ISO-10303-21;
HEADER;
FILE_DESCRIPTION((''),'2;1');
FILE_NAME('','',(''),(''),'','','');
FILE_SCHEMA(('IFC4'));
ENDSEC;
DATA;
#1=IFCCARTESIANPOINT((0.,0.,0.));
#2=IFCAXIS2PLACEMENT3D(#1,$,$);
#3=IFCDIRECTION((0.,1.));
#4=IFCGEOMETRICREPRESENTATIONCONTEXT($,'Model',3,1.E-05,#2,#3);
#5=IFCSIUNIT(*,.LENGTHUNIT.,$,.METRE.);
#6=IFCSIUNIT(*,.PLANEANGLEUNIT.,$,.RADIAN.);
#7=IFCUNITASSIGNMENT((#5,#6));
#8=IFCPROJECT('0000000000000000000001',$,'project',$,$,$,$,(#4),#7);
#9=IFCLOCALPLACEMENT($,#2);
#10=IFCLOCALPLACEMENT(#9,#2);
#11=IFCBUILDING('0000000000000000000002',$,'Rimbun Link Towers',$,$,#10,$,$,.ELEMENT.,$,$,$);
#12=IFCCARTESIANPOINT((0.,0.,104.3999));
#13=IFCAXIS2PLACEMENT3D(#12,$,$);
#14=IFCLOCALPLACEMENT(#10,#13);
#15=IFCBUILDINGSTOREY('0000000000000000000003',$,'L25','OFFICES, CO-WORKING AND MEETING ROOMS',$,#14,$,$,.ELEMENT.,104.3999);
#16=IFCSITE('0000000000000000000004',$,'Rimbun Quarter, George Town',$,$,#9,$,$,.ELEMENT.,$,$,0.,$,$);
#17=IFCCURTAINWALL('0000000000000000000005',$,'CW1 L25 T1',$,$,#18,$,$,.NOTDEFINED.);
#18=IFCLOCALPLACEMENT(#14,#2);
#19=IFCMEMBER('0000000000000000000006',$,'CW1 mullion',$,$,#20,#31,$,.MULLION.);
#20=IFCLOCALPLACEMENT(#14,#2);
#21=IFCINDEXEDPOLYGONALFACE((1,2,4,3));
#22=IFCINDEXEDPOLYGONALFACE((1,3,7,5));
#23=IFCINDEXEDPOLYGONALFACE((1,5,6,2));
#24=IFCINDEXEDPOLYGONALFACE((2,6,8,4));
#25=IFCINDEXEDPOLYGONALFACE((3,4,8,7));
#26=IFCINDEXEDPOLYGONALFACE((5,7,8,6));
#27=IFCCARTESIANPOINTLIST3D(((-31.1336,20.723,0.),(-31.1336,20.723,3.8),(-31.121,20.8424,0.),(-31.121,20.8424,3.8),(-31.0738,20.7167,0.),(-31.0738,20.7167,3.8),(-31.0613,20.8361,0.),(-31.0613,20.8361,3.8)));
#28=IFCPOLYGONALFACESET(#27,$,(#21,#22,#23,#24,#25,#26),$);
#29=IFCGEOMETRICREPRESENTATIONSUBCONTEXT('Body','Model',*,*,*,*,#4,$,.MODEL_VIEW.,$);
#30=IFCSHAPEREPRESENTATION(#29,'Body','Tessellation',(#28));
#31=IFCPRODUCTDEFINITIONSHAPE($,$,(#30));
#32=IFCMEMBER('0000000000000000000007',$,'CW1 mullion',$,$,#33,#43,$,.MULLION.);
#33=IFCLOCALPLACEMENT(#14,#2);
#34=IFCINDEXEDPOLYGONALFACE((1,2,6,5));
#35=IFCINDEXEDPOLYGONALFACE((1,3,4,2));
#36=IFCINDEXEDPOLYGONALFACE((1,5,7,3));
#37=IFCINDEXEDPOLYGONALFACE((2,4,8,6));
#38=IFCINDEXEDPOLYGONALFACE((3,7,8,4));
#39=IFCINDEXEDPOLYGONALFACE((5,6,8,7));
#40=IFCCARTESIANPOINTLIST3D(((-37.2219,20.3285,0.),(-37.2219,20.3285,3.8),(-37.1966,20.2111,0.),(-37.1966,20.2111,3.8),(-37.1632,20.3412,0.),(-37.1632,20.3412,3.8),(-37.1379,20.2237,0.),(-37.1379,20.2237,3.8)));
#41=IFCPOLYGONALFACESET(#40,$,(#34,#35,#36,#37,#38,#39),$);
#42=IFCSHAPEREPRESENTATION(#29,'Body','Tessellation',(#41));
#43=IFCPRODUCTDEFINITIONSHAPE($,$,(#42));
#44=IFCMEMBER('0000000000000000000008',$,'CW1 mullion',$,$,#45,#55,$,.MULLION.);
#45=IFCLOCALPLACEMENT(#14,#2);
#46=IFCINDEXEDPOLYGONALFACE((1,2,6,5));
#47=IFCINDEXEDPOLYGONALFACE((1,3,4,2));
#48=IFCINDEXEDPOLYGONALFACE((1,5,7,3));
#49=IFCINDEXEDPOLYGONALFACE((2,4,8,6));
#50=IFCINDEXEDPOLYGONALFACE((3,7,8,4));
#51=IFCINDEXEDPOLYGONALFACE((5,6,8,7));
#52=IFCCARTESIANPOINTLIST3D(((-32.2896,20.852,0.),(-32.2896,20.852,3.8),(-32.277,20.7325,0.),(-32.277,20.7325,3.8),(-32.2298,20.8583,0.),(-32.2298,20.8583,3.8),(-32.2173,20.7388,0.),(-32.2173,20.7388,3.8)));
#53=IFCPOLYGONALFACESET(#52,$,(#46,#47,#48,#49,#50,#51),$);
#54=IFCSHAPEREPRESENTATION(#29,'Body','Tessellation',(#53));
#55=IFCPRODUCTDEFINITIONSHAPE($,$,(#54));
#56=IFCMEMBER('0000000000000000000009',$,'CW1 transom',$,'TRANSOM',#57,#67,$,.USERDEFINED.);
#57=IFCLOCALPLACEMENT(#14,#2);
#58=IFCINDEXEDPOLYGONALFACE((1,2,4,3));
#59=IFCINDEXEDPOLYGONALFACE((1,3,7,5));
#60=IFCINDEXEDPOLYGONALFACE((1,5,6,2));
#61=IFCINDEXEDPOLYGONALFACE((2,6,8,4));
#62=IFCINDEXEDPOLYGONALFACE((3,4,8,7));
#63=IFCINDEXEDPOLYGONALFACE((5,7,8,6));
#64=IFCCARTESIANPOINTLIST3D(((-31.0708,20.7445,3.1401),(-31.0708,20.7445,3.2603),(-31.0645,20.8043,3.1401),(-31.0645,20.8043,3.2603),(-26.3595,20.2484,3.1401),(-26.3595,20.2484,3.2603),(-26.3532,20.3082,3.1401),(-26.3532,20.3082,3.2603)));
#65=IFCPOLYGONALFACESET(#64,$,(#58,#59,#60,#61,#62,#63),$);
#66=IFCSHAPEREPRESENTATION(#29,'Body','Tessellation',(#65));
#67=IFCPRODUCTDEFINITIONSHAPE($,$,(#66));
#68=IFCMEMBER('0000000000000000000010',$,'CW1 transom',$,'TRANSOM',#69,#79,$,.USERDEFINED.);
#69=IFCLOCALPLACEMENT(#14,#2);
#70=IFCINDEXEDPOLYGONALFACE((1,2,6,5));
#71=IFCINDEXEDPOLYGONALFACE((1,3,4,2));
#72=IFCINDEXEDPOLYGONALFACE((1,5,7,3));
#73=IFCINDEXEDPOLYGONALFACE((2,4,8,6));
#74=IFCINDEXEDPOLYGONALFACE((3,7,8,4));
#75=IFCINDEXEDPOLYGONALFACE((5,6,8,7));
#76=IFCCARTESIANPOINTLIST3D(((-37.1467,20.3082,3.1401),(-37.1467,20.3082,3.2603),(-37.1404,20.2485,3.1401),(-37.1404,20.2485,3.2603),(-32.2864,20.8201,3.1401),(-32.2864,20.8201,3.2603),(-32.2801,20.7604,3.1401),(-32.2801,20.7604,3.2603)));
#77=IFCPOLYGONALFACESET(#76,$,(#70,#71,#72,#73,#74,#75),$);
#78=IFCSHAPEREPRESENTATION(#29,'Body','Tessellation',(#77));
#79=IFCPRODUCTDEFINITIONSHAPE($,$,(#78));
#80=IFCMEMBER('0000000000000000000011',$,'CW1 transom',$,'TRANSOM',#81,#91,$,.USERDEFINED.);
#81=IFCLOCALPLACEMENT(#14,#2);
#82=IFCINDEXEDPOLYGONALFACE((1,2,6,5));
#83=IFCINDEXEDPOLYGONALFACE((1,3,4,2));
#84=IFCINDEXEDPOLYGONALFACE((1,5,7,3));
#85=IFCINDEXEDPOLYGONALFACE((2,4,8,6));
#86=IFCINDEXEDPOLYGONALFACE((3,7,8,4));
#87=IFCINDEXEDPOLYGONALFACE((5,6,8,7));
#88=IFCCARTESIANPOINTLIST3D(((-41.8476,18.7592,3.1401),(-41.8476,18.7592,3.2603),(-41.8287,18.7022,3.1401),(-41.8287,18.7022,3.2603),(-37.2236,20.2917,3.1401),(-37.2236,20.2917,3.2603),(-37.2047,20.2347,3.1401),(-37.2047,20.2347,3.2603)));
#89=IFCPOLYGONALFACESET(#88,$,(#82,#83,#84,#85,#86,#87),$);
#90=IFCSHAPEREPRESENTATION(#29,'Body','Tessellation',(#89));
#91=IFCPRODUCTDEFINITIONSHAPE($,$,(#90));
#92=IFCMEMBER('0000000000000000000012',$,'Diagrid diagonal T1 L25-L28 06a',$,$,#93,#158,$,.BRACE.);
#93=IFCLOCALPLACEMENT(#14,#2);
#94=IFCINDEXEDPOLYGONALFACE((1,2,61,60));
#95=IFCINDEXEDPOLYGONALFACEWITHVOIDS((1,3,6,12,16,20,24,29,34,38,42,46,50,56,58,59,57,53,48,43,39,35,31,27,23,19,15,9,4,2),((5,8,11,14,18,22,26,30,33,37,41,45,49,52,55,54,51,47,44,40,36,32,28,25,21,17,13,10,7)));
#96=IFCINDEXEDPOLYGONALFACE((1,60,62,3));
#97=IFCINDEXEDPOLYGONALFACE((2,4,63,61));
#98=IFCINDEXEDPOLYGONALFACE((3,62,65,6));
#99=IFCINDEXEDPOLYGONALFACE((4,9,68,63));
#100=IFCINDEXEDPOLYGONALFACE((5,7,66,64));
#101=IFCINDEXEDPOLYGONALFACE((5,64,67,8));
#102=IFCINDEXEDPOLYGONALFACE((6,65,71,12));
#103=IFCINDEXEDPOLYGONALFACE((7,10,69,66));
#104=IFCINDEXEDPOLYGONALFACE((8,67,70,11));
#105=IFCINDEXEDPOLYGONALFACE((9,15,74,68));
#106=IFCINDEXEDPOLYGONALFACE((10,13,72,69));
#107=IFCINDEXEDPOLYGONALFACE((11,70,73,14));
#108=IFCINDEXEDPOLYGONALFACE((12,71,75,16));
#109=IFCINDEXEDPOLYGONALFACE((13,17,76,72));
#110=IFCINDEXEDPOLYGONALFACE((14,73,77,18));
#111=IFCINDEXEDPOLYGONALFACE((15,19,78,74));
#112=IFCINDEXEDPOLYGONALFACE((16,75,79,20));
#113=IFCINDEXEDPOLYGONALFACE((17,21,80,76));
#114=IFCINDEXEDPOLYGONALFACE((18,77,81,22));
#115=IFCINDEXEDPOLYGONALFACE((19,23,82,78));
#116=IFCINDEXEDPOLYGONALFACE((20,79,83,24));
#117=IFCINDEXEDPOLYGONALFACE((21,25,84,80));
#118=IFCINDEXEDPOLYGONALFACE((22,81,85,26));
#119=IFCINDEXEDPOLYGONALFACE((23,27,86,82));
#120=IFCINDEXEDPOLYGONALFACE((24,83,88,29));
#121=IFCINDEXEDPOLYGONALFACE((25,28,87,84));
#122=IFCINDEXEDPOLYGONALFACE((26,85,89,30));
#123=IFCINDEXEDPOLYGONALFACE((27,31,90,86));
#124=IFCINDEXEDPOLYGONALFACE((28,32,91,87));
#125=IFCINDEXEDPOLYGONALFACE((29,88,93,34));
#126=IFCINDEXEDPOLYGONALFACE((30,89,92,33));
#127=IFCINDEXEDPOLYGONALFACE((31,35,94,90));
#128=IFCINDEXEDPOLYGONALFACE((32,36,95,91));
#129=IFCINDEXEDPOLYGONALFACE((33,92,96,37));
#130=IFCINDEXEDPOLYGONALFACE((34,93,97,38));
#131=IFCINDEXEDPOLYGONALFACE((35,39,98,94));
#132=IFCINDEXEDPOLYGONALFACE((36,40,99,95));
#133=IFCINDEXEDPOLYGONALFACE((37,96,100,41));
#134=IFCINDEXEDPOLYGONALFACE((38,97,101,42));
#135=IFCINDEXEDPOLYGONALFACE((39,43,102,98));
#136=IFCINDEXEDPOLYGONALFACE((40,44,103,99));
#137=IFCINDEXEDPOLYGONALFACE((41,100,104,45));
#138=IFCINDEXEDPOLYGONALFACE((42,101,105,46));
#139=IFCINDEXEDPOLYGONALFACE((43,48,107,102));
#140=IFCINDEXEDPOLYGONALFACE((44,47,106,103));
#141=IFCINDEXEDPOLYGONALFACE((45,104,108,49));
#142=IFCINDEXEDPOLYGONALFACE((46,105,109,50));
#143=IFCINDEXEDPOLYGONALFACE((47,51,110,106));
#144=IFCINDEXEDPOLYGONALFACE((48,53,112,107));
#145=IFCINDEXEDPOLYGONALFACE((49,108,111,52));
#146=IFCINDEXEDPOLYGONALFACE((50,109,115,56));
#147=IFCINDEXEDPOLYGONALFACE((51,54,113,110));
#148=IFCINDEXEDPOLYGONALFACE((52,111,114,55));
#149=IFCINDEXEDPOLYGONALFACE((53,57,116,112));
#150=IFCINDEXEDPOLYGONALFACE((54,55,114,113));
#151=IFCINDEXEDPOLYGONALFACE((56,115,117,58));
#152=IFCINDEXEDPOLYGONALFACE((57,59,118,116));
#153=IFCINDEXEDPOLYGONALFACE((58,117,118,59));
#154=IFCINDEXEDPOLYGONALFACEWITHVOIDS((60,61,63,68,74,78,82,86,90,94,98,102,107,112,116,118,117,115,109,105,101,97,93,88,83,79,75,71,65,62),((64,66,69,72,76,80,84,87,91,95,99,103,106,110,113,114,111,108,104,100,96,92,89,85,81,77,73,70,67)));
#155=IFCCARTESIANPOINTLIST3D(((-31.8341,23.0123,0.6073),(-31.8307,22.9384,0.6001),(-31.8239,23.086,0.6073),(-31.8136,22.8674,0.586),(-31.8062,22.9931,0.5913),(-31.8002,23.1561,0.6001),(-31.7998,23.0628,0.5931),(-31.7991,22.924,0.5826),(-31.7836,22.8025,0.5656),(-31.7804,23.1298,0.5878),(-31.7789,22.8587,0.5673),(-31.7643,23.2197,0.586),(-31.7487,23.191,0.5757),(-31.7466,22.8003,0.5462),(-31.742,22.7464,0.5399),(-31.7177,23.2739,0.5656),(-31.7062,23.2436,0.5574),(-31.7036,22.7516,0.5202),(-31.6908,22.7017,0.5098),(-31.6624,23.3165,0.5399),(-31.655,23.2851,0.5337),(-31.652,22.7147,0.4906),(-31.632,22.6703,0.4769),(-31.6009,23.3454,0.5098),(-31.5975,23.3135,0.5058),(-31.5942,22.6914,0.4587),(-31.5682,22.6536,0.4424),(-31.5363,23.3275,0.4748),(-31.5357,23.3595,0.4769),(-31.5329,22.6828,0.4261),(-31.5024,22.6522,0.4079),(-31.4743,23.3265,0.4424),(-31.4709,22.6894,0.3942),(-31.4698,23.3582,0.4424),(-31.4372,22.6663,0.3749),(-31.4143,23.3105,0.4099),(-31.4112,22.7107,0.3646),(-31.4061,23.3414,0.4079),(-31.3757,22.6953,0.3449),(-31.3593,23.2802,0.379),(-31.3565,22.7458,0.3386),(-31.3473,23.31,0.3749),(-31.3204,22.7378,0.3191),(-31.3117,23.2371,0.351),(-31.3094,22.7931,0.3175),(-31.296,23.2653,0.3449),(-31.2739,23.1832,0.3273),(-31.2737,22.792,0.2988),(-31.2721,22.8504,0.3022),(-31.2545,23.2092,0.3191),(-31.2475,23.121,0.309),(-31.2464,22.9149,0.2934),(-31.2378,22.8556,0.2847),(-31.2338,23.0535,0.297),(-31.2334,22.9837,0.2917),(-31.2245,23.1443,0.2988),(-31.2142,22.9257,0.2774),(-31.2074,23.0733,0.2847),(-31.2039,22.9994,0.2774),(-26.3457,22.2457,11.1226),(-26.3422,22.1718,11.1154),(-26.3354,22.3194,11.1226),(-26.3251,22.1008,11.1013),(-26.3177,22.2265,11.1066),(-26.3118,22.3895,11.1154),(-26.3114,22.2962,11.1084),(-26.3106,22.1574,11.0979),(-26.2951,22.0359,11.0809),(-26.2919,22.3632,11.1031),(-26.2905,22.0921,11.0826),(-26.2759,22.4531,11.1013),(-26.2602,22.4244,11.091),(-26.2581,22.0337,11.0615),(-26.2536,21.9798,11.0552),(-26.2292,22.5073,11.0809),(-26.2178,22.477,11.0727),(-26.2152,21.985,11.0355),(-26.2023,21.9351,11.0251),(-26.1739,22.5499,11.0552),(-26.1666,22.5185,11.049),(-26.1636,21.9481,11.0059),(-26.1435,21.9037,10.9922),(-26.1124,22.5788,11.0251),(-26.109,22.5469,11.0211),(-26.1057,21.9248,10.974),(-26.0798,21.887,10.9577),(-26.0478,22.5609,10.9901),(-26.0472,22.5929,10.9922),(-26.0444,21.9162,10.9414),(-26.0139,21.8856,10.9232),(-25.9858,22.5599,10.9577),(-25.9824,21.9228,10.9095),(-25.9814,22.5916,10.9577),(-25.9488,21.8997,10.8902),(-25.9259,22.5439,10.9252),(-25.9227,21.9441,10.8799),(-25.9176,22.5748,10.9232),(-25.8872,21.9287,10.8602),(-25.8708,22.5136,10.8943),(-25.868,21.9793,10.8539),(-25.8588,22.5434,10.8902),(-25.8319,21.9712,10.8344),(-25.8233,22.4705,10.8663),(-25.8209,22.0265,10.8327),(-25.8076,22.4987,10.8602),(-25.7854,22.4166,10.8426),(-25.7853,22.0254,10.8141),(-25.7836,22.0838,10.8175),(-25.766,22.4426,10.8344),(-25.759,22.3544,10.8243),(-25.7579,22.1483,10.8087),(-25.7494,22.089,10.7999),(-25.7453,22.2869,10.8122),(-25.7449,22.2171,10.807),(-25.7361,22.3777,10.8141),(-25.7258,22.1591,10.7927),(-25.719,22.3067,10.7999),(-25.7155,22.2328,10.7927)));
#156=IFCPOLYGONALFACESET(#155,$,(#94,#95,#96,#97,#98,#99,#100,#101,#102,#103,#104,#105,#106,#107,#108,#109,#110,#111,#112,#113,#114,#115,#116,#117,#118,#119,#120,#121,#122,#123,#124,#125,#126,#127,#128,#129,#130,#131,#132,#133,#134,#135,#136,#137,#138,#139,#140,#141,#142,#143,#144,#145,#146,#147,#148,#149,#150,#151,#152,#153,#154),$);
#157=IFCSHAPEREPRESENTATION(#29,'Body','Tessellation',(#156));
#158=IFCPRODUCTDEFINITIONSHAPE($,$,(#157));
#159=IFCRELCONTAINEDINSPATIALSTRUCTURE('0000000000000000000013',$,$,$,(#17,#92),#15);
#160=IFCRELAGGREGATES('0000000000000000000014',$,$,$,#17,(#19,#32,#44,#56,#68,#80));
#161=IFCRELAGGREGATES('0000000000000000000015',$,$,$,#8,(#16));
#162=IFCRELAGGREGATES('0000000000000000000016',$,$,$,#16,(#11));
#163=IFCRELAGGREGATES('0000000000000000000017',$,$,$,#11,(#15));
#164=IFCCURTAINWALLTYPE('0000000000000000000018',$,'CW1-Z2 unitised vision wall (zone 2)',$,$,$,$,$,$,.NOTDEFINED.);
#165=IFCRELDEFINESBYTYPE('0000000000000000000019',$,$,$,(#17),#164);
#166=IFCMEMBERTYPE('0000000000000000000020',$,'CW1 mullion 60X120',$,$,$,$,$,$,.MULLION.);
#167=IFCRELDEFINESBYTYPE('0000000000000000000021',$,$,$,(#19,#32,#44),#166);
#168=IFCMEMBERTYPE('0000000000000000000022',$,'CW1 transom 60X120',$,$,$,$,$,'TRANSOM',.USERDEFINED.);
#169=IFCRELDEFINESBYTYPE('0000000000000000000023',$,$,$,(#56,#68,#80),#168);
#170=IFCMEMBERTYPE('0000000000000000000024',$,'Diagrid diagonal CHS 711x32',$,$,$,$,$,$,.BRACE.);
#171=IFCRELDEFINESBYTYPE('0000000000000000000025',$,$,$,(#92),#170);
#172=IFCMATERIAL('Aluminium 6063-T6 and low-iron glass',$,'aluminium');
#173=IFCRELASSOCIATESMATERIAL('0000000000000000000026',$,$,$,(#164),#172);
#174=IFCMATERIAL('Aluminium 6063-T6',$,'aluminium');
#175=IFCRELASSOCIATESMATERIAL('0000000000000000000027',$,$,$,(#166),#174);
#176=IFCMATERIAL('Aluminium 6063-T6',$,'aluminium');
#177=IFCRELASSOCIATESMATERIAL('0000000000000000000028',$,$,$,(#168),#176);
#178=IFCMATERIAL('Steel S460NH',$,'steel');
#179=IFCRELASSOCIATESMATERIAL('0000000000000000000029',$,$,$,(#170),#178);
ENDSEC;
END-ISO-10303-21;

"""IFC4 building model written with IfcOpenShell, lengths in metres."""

from ifc_helpers import new_model, si_unit, direction, frame, origin, origin_2d, place, context, subcontext, project, spatial, rectangle, hollow_circle, extrude, material, material_profile, profile_set, type_object, element, aggregate, save


model = new_model("IFC4")

# Units and contexts
model_context = context("Model", 3, precision=1e-05, world=origin(), true_north=direction((0.0, 1.0)))
body_context = subcontext(model_context, "Body", "Model", "MODEL_VIEW")
ifc_project = project(units=[si_unit("LENGTHUNIT", "METRE"), si_unit("PLANEANGLEUNIT", "RADIAN")], contexts=[model_context])

# Site, building, storey
site_placement = place(None, origin())
site = spatial("IfcSite", under=ifc_project, at=site_placement, Name="Rimbun Quarter, George Town", CompositionType="ELEMENT", RefElevation=0.0)
building_placement = place(site_placement, origin())
building = spatial("IfcBuilding", under=site, at=building_placement, Name="Rimbun Link Towers", CompositionType="ELEMENT")
storey_placement = place(building_placement, frame((0.0, 0.0, 104.3999)))
storey = spatial("IfcBuildingStorey", under=building, at=storey_placement, Name="L25", Description="OFFICES, CO-WORKING AND MEETING ROOMS", CompositionType="ELEMENT", Elevation=104.3999)

# Curtain wall, members
ifc_material_1 = material(Name="Aluminium 6063-T6 and low-iron glass", Category="aluminium")
curtain_wall_type = type_object("IfcCurtainWallType", Name="CW1-Z2 unitised vision wall (zone 2)", PredefinedType="NOTDEFINED", material=ifc_material_1)
curtain_wall_placement = place(storey_placement, origin())
curtain_wall = element("IfcCurtainWall", 1, at=curtain_wall_placement, inside=storey, type_object=curtain_wall_type, Name="CW1 L25 T1", PredefinedType="NOTDEFINED")
ifc_material_2 = material(Name="Aluminium 6063-T6", Category="aluminium")
ifc_material_profile_1 = material_profile(ifc_material_2, rectangle(XDim=0.1201, YDim=0.0601, at=origin_2d()), Name="MULLION 60X120")
ifc_profile_set_1 = profile_set([ifc_material_profile_1], Name="Aluminium 6063-T6")
member_type_1 = type_object("IfcMemberType", Name="CW1 mullion 60X120", PredefinedType="MULLION", material=ifc_profile_set_1)
member_1_placement = place(storey_placement, frame((-31.0974, 20.7795, 0.0), z_axis=(0.0, 0.0, 1.0), x_axis=(0.104732, 0.994501, 0.0)))
member_1 = element("IfcMember", 2, at=member_1_placement, type_object=member_type_1, Name="CW1 mullion", PredefinedType="MULLION", context=body_context, shape_type="SweptSolid", body=[
    extrude(rectangle(XDim=0.1201, YDim=0.0601, at=origin_2d()), origin(), (0.0, 0.0, 1.0), 3.8),
])
member_2_placement = place(storey_placement, frame((-37.1799, 20.2761, 0.0), z_axis=(0.0, 0.0, 1.0), x_axis=(-0.210865, 0.977515, 0.0)))
member_2 = element("IfcMember", 3, at=member_2_placement, type_object=member_type_1, Name="CW1 mullion", PredefinedType="MULLION", context=body_context, shape_type="SweptSolid", body=[
    extrude(rectangle(XDim=0.1201, YDim=0.0601, at=origin_2d()), origin(), (0.0, 0.0, 1.0), 3.8),
])
member_3_placement = place(storey_placement, frame((-32.2534, 20.7954, 0.0), z_axis=(0.0, 0.0, 1.0), x_axis=(-0.104732, 0.994501, 0.0)))
member_3 = element("IfcMember", 4, at=member_3_placement, type_object=member_type_1, Name="CW1 mullion", PredefinedType="MULLION", context=body_context, shape_type="SweptSolid", body=[
    extrude(rectangle(XDim=0.1201, YDim=0.0601, at=origin_2d()), origin(), (0.0, 0.0, 1.0), 3.8),
])
ifc_material_3 = material(Name="Aluminium 6063-T6", Category="aluminium")
ifc_material_profile_2 = material_profile(ifc_material_3, rectangle(XDim=0.0601, YDim=0.1201, at=origin_2d()), Name="TRANSOM 60X120")
ifc_profile_set_2 = profile_set([ifc_material_profile_2], Name="Aluminium 6063-T6")
member_type_2 = type_object("IfcMemberType", Name="CW1 transom 60X120", ElementType="TRANSOM", PredefinedType="USERDEFINED", material=ifc_profile_set_2)
member_4_placement = place(storey_placement, frame((-31.0676, 20.7744, 3.2002), z_axis=(0.994501, -0.104722, 0.0), x_axis=(0.104722, 0.994501, 0.0)))
member_4 = element("IfcMember", 5, at=member_4_placement, type_object=member_type_2, Name="CW1 transom", ObjectType="TRANSOM", PredefinedType="USERDEFINED", context=body_context, shape_type="SweptSolid", body=[
    extrude(rectangle(XDim=0.0601, YDim=0.1201, at=origin_2d()), origin(), (0.0, 0.0, 1.0), 4.7373),
])
member_5_placement = place(storey_placement, frame((-37.1436, 20.2783, 3.2002), z_axis=(0.994498, 0.104755, 0.0), x_axis=(-0.104755, 0.994498, 0.0)))
member_5 = element("IfcMember", 6, at=member_5_placement, type_object=member_type_2, Name="CW1 transom", ObjectType="TRANSOM", PredefinedType="USERDEFINED", context=body_context, shape_type="SweptSolid", body=[
    extrude(rectangle(XDim=0.0601, YDim=0.1201, at=origin_2d()), origin(), (0.0, 0.0, 1.0), 4.8872),
])
member_6_placement = place(storey_placement, frame((-41.8381, 18.7307, 3.2002), z_axis=(0.949228, 0.314588, 0.0), x_axis=(-0.314588, 0.949228, 0.0)))
member_6 = element("IfcMember", 7, at=member_6_placement, type_object=member_type_2, Name="CW1 transom", ObjectType="TRANSOM", PredefinedType="USERDEFINED", context=body_context, shape_type="SweptSolid", body=[
    extrude(rectangle(XDim=0.0601, YDim=0.1201, at=origin_2d()), origin(), (0.0, 0.0, 1.0), 4.8713),
])

# Member
ifc_material_4 = material(Name="Steel S460NH", Category="steel")
ifc_material_profile_3 = material_profile(ifc_material_4, hollow_circle(Radius=0.3557, WallThickness=0.032, at=origin_2d()), Name="Diagrid diagonal CHS 711x32")
ifc_profile_set_3 = profile_set([ifc_material_profile_3], Name="Steel S460NH")
member_type_3 = type_object("IfcMemberType", Name="Diagrid diagonal CHS 711x32", PredefinedType="BRACE", material=ifc_profile_set_3)
for number, where, z_axis, x_axis, name in (
    (8, (-31.519, 23.0059, 0.4424), (0.461751, -0.064494, 0.884662), (0.138331, 0.990386, 0.0), "Diagrid diagonal T1 L25-L28 06a"),
):
    element("IfcMember", number, at=place(storey_placement, frame(where, z_axis=z_axis, x_axis=x_axis)), inside=storey, type_object=member_type_3, Name=name, PredefinedType="BRACE", context=body_context, shape_type="SweptSolid", body=[
        extrude(hollow_circle(Radius=0.3557, WallThickness=0.032, at=origin_2d()), origin(), (0.0, 0.0, 1.0), 11.8862),
    ])

aggregate(curtain_wall, [member_1, member_2, member_3, member_4, member_5, member_6])

save(model, "model.ifc")
